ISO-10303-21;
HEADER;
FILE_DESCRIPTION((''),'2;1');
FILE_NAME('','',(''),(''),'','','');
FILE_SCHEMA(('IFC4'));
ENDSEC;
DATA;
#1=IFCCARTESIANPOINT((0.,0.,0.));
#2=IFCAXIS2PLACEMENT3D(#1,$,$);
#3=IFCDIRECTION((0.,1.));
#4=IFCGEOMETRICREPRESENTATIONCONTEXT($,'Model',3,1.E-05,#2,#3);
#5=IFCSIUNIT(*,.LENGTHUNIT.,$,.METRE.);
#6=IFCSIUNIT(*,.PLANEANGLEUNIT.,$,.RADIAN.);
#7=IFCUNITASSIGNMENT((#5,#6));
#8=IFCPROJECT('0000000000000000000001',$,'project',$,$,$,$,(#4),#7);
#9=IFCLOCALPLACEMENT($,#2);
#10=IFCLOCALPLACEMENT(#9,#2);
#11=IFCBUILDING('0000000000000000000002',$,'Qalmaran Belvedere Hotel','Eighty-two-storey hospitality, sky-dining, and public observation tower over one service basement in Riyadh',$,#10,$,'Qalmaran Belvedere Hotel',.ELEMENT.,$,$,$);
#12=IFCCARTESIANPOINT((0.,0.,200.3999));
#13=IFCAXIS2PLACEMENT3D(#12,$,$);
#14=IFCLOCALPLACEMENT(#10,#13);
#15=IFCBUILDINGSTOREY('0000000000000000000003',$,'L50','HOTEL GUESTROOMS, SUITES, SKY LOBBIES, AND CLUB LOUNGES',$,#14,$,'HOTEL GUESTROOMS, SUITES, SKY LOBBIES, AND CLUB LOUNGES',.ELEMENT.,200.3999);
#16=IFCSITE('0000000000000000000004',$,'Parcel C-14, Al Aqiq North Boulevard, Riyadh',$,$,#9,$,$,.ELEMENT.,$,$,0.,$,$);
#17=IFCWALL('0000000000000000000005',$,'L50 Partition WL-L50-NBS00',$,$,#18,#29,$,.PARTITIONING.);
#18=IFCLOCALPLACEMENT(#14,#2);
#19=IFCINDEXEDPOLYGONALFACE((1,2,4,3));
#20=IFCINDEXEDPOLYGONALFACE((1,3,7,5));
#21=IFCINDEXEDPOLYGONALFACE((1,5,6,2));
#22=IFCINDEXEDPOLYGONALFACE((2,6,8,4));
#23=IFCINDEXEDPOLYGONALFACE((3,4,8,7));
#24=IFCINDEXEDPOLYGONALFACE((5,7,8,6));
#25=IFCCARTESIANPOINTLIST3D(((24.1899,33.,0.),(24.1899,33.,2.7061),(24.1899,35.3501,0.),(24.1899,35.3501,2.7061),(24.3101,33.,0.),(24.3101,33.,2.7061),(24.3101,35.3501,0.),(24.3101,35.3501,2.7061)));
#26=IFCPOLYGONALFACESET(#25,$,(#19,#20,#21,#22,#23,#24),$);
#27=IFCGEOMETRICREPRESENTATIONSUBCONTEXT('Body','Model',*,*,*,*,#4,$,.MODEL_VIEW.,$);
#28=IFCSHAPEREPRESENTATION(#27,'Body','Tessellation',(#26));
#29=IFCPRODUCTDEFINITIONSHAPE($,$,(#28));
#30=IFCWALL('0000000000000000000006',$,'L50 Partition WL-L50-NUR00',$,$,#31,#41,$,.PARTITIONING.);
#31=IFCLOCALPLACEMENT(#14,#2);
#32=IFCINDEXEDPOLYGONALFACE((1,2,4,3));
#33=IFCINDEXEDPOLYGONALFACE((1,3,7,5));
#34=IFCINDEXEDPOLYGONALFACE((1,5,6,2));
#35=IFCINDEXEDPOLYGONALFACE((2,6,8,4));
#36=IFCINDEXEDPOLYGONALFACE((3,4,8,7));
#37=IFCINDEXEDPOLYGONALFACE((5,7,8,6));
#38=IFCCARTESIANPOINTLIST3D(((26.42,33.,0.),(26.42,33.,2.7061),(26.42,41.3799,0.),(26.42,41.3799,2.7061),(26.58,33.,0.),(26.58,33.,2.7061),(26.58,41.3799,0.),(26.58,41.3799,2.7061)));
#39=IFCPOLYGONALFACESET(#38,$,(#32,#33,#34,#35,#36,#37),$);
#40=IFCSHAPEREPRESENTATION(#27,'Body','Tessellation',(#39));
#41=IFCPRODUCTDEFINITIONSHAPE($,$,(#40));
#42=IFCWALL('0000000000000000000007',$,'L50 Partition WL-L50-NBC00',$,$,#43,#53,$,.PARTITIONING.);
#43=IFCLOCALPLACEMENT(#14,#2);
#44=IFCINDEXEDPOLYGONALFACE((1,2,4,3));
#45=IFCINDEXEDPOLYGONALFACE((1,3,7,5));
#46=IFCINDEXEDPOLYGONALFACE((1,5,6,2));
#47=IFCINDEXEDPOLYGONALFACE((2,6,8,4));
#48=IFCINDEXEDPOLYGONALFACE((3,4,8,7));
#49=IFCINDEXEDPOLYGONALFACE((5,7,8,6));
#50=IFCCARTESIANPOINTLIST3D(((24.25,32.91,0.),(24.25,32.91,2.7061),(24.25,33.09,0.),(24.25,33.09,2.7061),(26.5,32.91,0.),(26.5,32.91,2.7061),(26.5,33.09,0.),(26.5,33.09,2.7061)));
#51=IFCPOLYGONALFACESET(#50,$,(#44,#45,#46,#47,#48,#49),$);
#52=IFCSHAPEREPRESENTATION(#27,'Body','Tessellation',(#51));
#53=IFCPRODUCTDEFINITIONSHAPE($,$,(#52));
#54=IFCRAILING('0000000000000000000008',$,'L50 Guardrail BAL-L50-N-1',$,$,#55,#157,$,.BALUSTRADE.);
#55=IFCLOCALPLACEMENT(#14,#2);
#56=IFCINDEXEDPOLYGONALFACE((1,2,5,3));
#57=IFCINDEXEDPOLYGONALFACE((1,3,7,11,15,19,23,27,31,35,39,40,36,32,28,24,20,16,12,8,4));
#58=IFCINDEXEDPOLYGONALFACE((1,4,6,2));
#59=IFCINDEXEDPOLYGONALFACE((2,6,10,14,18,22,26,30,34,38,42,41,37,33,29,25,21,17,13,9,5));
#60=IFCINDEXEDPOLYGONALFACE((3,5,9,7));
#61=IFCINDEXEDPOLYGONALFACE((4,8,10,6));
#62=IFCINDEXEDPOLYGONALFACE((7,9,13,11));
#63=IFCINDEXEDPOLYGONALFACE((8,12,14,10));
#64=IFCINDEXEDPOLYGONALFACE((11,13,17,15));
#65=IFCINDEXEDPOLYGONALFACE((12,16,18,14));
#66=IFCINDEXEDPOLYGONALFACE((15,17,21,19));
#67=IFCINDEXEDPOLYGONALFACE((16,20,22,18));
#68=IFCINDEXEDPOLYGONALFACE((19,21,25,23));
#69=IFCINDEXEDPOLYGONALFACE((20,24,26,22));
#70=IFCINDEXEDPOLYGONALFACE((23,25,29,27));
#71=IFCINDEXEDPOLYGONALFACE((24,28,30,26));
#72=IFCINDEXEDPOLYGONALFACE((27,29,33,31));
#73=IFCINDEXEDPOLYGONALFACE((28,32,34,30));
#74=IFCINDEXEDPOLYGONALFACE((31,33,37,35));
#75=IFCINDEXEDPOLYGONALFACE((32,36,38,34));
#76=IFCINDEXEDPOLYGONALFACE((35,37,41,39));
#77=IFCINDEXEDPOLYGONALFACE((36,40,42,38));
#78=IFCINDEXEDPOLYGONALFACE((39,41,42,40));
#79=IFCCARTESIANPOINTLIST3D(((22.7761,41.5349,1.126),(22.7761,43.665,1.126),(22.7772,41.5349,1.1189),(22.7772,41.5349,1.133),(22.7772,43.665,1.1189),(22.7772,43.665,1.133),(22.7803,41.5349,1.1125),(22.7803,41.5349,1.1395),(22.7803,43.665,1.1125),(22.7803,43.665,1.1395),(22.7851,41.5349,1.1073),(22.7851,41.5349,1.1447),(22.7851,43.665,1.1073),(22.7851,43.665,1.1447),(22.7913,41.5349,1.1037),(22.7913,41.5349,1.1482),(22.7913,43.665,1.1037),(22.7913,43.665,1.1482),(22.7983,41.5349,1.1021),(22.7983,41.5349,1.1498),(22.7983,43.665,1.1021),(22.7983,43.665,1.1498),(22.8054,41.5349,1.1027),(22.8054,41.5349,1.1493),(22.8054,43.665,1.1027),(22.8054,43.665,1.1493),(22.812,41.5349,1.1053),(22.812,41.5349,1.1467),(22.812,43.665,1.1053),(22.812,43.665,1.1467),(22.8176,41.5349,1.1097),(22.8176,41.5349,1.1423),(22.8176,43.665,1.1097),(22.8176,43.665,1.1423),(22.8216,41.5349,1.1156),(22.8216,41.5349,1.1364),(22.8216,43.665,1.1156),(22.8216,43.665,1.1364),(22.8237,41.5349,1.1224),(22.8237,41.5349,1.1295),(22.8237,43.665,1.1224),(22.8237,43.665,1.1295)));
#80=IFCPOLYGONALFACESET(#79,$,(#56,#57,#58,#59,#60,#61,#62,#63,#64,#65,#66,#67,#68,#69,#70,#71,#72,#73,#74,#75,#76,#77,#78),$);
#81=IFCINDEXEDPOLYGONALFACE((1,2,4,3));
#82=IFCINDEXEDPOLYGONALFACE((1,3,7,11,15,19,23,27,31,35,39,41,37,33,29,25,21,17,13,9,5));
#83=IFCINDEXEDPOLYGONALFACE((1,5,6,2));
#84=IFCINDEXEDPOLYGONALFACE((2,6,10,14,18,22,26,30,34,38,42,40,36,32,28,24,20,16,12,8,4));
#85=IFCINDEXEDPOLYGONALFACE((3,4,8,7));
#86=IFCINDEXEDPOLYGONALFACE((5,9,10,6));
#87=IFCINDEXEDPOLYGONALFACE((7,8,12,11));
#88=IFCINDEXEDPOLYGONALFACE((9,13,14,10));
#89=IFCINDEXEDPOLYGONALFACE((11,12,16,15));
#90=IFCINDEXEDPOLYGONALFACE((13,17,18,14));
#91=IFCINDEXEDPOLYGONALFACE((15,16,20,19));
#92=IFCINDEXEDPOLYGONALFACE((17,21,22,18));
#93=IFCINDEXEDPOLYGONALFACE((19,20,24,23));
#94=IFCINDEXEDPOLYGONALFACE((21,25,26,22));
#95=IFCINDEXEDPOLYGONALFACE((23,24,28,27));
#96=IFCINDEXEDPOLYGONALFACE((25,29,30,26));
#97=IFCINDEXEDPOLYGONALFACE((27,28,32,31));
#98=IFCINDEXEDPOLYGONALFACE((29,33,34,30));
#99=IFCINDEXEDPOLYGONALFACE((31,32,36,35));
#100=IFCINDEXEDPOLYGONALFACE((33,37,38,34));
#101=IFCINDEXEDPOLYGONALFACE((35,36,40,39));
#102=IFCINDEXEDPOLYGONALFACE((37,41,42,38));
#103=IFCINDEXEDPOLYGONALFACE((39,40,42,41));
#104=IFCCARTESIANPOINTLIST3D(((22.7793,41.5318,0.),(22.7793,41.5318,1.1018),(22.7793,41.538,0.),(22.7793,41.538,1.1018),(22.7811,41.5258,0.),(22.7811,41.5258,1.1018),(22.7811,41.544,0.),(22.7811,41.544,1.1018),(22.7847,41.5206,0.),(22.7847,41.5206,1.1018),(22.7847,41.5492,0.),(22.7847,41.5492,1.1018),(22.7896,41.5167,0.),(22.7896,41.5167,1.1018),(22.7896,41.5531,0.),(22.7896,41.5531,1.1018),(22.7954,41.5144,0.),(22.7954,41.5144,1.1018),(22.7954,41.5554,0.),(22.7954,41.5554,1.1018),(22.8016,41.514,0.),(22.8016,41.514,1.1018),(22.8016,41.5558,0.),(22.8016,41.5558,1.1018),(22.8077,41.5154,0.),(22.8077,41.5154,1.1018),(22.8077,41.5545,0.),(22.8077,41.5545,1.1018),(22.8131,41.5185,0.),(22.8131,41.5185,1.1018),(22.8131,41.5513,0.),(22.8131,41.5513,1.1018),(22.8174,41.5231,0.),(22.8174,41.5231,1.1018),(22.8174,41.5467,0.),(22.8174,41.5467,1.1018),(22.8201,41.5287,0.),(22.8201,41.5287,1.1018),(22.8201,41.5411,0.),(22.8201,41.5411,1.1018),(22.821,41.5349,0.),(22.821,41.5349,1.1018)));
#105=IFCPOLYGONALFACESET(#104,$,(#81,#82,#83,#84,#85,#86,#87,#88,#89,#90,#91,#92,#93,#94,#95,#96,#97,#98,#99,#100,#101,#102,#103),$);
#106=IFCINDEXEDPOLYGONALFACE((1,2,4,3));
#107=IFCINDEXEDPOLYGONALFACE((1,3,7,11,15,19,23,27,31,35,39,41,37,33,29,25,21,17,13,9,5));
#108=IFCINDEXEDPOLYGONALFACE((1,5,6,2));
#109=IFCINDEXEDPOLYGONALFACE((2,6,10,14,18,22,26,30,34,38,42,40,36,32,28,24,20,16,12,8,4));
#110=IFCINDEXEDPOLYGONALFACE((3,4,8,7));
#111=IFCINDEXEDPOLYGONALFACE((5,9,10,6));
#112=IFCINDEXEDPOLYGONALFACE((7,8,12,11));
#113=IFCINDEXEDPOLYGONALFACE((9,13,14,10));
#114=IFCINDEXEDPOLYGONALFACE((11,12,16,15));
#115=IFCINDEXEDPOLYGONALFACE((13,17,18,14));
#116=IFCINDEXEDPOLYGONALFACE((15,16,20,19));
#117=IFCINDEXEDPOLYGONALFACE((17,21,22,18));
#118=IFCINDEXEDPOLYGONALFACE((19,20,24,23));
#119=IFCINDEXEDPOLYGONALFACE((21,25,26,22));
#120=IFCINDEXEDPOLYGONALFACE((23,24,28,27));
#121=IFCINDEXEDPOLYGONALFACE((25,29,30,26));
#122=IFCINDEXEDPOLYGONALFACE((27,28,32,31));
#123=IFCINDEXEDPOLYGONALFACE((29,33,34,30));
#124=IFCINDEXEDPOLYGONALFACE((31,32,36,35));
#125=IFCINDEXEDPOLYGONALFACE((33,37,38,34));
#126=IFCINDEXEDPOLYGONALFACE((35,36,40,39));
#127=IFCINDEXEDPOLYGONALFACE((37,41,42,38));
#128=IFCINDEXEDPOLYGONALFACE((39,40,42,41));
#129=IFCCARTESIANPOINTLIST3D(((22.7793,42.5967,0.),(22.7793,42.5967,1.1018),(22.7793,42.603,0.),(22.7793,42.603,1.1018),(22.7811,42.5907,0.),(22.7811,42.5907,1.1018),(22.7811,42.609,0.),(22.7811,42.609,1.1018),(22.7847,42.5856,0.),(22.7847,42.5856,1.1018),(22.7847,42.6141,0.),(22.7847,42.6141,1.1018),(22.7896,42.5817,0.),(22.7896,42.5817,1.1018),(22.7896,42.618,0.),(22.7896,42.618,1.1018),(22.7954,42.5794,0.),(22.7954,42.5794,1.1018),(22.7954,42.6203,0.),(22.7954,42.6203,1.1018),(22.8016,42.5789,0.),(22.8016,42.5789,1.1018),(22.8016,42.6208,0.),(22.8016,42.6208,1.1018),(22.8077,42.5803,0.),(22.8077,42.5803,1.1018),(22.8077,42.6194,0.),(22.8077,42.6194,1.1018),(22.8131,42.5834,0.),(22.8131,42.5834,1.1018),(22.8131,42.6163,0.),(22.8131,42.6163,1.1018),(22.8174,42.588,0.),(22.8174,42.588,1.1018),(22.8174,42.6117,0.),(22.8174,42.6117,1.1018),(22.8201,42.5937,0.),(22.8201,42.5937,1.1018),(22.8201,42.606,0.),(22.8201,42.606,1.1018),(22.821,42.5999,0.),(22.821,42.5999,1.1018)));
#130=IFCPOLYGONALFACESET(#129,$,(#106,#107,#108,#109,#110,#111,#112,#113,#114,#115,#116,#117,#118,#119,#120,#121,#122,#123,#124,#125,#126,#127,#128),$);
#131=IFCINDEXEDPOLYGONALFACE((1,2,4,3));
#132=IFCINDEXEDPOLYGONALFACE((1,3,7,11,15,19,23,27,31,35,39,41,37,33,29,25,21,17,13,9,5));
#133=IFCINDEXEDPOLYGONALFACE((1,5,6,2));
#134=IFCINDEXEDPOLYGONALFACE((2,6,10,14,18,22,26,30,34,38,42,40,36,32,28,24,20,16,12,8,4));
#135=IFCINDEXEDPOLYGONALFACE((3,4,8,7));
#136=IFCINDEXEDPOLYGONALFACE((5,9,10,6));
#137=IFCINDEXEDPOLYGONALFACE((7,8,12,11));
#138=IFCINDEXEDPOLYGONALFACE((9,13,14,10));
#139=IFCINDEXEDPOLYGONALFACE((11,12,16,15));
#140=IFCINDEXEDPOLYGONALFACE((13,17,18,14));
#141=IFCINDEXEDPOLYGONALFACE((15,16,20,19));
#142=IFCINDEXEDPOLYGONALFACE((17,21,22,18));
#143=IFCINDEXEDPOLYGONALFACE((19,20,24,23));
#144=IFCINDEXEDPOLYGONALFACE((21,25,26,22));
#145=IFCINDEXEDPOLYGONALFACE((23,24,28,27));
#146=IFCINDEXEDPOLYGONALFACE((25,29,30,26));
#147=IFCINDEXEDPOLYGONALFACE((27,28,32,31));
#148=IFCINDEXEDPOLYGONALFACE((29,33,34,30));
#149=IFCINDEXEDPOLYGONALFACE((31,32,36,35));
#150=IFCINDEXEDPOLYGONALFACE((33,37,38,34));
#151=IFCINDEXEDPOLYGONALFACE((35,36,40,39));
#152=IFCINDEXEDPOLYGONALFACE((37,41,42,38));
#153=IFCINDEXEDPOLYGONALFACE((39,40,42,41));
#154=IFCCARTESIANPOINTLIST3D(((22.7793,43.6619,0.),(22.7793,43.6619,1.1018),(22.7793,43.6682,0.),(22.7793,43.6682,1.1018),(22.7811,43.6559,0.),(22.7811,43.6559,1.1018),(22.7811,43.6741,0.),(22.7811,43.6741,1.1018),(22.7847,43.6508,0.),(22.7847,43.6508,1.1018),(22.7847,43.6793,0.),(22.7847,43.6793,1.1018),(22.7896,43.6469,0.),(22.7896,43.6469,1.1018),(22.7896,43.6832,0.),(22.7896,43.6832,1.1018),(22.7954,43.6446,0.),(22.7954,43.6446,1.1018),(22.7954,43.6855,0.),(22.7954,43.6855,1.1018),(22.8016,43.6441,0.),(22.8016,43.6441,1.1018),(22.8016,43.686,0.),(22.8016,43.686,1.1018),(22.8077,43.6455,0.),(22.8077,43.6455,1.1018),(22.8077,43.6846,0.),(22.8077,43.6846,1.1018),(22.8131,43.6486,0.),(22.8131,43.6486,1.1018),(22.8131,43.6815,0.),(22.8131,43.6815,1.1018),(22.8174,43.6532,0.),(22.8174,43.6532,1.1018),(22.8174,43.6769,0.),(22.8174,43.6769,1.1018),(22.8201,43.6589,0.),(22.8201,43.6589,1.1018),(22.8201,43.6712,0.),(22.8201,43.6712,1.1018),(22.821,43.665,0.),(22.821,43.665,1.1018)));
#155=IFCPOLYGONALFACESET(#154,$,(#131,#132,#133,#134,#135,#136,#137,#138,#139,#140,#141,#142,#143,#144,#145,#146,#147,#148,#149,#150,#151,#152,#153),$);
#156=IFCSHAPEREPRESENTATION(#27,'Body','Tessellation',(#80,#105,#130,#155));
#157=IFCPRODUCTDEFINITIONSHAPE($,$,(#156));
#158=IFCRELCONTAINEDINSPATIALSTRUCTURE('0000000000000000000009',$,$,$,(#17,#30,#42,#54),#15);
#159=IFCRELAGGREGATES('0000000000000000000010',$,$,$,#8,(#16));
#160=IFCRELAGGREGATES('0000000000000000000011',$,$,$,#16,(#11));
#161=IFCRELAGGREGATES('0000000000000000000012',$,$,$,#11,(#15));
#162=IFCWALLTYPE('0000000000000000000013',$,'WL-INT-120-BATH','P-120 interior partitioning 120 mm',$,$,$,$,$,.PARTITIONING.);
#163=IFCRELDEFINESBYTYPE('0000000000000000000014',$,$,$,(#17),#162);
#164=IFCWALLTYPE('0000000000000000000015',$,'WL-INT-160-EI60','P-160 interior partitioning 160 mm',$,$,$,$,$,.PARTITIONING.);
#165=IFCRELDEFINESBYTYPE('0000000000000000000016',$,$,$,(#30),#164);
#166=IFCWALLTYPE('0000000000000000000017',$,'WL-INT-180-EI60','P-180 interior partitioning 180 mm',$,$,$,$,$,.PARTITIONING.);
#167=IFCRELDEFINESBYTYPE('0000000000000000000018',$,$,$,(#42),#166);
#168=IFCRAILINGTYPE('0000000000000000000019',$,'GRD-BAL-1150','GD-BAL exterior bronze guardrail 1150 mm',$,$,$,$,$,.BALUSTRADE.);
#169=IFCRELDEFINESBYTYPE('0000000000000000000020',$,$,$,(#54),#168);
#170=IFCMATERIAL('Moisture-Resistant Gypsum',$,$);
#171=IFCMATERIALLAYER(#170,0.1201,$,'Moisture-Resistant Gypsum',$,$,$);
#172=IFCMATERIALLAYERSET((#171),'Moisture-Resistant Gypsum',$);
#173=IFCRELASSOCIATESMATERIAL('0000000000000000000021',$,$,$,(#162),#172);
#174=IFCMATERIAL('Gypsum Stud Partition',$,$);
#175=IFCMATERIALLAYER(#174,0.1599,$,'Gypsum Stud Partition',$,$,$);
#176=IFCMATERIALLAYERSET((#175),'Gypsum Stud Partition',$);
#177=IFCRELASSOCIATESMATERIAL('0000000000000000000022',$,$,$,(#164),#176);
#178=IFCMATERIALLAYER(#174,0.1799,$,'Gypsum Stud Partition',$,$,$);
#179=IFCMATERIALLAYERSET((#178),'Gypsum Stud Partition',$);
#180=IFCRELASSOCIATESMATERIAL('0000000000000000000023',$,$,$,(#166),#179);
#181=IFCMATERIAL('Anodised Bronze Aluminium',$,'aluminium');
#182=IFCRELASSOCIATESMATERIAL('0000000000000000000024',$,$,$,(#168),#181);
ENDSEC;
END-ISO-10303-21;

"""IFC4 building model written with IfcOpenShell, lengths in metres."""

from ifc_helpers import new_model, si_unit, direction, frame, frame_2d, origin, origin_2d, place, context, subcontext, project, spatial, rectangle, circle, extrude, material, layer, layer_set, type_object, element, save


model = new_model("IFC4")

# Units and contexts
model_context = context("Model", 3, precision=1e-05, world=origin(), true_north=direction((0.0, 1.0)))
body_context = subcontext(model_context, "Body", "Model", "MODEL_VIEW")
ifc_project = project(units=[si_unit("LENGTHUNIT", "METRE"), si_unit("PLANEANGLEUNIT", "RADIAN")], contexts=[model_context])

# Site, building, storey
site_placement = place(None, origin())
site = spatial("IfcSite", under=ifc_project, at=site_placement, Name="Parcel C-14, Al Aqiq North Boulevard, Riyadh", CompositionType="ELEMENT", RefElevation=0.0)
building_placement = place(site_placement, origin())
building = spatial("IfcBuilding", under=site, at=building_placement, Name="Qalmaran Belvedere Hotel", Description="Eighty-two-storey hospitality, sky-dining, and public observation tower over one service basement in Riyadh", LongName="Qalmaran Belvedere Hotel", CompositionType="ELEMENT")
storey_placement = place(building_placement, frame((0.0, 0.0, 200.3999)))
storey = spatial("IfcBuildingStorey", under=building, at=storey_placement, Name="L50", Description="HOTEL GUESTROOMS, SUITES, SKY LOBBIES, AND CLUB LOUNGES", LongName="HOTEL GUESTROOMS, SUITES, SKY LOBBIES, AND CLUB LOUNGES", CompositionType="ELEMENT", Elevation=200.3999)

# Shared definitions
ifc_material_1 = material(Name="Anodised Bronze Aluminium", Category="aluminium")

# Shared definitions
ifc_material_2 = material(Name="Moisture-Resistant Gypsum")
ifc_layer_1 = layer(ifc_material_2, 0.1201, Name="Moisture-Resistant Gypsum")
ifc_layer_set_1 = layer_set([ifc_layer_1], Name="Moisture-Resistant Gypsum")
wall_type_1 = type_object("IfcWallType", Name="WL-INT-120-BATH", Description="P-120 interior partitioning 120 mm", PredefinedType="PARTITIONING", material=ifc_layer_set_1)

# Walls
wall_1_placement = place(storey_placement, frame((24.25, 33.0, 0.0), z_axis=(0.0, 0.0, 1.0), x_axis=(0.0, 1.0, 0.0)))
element("IfcWall", 1, at=wall_1_placement, inside=storey, type_object=wall_type_1, Name="L50 Partition WL-L50-NBS00", PredefinedType="PARTITIONING", context=body_context, shape_type="SweptSolid", body=[
    extrude(rectangle(XDim=2.3501, YDim=0.1201, at=frame_2d((1.175, 0.0))), origin(), (0.0, 0.0, 1.0), 2.7061),
])
ifc_material_3 = material(Name="Gypsum Stud Partition")
ifc_layer_2 = layer(ifc_material_3, 0.1599, Name="Gypsum Stud Partition")
ifc_layer_set_2 = layer_set([ifc_layer_2], Name="Gypsum Stud Partition")
wall_type_2 = type_object("IfcWallType", Name="WL-INT-160-EI60", Description="P-160 interior partitioning 160 mm", PredefinedType="PARTITIONING", material=ifc_layer_set_2)
wall_2_placement = place(storey_placement, frame((26.5, 33.0, 0.0), z_axis=(0.0, 0.0, 1.0), x_axis=(0.0, 1.0, 0.0)))
element("IfcWall", 2, at=wall_2_placement, inside=storey, type_object=wall_type_2, Name="L50 Partition WL-L50-NUR00", PredefinedType="PARTITIONING", context=body_context, shape_type="SweptSolid", body=[
    extrude(rectangle(XDim=8.3799, YDim=0.1599, at=frame_2d((4.1899, 0.0))), origin(), (0.0, 0.0, 1.0), 2.7061),
])
ifc_layer_3 = layer(ifc_material_3, 0.1799, Name="Gypsum Stud Partition")
ifc_layer_set_3 = layer_set([ifc_layer_3], Name="Gypsum Stud Partition")
wall_type_3 = type_object("IfcWallType", Name="WL-INT-180-EI60", Description="P-180 interior partitioning 180 mm", PredefinedType="PARTITIONING", material=ifc_layer_set_3)
wall_3_placement = place(storey_placement, frame((24.25, 33.0, 0.0), z_axis=(0.0, 0.0, 1.0), x_axis=(1.0, 0.0, 0.0)))
element("IfcWall", 3, at=wall_3_placement, inside=storey, type_object=wall_type_3, Name="L50 Partition WL-L50-NBC00", PredefinedType="PARTITIONING", context=body_context, shape_type="SweptSolid", body=[
    extrude(rectangle(XDim=2.25, YDim=0.1799, at=frame_2d((1.125, 0.0))), origin(), (0.0, 0.0, 1.0), 2.7061),
])

# Railing
railing_type = type_object("IfcRailingType", Name="GRD-BAL-1150", Description="GD-BAL exterior bronze guardrail 1150 mm", PredefinedType="BALUSTRADE", material=ifc_material_1)
railing_1_placement = place(storey_placement, frame((22.8, 41.5349, 0.0)))
element("IfcRailing", 4, at=railing_1_placement, inside=storey, type_object=railing_type, Name="L50 Guardrail BAL-L50-N-1", PredefinedType="BALUSTRADE", context=body_context, shape_type="SweptSolid", body=[
    extrude(circle(Radius=0.0239, at=origin_2d()), frame((0.0, 0.0, 1.126), z_axis=(0.0, 1.0, 0.0), x_axis=(-1.0, 0.0, 0.0)), (0.0, 0.0, 1.0), 2.1301),
    extrude(circle(Radius=0.021, at=origin_2d()), origin(), (0.0, 0.0, 1.0), 1.1018),
    extrude(circle(Radius=0.021, at=origin_2d()), frame((0.0, 1.0649, 0.0)), (0.0, 0.0, 1.0), 1.1018),
    extrude(circle(Radius=0.021, at=origin_2d()), frame((0.0, 2.1301, 0.0)), (0.0, 0.0, 1.0), 1.1018),
])

save(model, "model.ifc")
